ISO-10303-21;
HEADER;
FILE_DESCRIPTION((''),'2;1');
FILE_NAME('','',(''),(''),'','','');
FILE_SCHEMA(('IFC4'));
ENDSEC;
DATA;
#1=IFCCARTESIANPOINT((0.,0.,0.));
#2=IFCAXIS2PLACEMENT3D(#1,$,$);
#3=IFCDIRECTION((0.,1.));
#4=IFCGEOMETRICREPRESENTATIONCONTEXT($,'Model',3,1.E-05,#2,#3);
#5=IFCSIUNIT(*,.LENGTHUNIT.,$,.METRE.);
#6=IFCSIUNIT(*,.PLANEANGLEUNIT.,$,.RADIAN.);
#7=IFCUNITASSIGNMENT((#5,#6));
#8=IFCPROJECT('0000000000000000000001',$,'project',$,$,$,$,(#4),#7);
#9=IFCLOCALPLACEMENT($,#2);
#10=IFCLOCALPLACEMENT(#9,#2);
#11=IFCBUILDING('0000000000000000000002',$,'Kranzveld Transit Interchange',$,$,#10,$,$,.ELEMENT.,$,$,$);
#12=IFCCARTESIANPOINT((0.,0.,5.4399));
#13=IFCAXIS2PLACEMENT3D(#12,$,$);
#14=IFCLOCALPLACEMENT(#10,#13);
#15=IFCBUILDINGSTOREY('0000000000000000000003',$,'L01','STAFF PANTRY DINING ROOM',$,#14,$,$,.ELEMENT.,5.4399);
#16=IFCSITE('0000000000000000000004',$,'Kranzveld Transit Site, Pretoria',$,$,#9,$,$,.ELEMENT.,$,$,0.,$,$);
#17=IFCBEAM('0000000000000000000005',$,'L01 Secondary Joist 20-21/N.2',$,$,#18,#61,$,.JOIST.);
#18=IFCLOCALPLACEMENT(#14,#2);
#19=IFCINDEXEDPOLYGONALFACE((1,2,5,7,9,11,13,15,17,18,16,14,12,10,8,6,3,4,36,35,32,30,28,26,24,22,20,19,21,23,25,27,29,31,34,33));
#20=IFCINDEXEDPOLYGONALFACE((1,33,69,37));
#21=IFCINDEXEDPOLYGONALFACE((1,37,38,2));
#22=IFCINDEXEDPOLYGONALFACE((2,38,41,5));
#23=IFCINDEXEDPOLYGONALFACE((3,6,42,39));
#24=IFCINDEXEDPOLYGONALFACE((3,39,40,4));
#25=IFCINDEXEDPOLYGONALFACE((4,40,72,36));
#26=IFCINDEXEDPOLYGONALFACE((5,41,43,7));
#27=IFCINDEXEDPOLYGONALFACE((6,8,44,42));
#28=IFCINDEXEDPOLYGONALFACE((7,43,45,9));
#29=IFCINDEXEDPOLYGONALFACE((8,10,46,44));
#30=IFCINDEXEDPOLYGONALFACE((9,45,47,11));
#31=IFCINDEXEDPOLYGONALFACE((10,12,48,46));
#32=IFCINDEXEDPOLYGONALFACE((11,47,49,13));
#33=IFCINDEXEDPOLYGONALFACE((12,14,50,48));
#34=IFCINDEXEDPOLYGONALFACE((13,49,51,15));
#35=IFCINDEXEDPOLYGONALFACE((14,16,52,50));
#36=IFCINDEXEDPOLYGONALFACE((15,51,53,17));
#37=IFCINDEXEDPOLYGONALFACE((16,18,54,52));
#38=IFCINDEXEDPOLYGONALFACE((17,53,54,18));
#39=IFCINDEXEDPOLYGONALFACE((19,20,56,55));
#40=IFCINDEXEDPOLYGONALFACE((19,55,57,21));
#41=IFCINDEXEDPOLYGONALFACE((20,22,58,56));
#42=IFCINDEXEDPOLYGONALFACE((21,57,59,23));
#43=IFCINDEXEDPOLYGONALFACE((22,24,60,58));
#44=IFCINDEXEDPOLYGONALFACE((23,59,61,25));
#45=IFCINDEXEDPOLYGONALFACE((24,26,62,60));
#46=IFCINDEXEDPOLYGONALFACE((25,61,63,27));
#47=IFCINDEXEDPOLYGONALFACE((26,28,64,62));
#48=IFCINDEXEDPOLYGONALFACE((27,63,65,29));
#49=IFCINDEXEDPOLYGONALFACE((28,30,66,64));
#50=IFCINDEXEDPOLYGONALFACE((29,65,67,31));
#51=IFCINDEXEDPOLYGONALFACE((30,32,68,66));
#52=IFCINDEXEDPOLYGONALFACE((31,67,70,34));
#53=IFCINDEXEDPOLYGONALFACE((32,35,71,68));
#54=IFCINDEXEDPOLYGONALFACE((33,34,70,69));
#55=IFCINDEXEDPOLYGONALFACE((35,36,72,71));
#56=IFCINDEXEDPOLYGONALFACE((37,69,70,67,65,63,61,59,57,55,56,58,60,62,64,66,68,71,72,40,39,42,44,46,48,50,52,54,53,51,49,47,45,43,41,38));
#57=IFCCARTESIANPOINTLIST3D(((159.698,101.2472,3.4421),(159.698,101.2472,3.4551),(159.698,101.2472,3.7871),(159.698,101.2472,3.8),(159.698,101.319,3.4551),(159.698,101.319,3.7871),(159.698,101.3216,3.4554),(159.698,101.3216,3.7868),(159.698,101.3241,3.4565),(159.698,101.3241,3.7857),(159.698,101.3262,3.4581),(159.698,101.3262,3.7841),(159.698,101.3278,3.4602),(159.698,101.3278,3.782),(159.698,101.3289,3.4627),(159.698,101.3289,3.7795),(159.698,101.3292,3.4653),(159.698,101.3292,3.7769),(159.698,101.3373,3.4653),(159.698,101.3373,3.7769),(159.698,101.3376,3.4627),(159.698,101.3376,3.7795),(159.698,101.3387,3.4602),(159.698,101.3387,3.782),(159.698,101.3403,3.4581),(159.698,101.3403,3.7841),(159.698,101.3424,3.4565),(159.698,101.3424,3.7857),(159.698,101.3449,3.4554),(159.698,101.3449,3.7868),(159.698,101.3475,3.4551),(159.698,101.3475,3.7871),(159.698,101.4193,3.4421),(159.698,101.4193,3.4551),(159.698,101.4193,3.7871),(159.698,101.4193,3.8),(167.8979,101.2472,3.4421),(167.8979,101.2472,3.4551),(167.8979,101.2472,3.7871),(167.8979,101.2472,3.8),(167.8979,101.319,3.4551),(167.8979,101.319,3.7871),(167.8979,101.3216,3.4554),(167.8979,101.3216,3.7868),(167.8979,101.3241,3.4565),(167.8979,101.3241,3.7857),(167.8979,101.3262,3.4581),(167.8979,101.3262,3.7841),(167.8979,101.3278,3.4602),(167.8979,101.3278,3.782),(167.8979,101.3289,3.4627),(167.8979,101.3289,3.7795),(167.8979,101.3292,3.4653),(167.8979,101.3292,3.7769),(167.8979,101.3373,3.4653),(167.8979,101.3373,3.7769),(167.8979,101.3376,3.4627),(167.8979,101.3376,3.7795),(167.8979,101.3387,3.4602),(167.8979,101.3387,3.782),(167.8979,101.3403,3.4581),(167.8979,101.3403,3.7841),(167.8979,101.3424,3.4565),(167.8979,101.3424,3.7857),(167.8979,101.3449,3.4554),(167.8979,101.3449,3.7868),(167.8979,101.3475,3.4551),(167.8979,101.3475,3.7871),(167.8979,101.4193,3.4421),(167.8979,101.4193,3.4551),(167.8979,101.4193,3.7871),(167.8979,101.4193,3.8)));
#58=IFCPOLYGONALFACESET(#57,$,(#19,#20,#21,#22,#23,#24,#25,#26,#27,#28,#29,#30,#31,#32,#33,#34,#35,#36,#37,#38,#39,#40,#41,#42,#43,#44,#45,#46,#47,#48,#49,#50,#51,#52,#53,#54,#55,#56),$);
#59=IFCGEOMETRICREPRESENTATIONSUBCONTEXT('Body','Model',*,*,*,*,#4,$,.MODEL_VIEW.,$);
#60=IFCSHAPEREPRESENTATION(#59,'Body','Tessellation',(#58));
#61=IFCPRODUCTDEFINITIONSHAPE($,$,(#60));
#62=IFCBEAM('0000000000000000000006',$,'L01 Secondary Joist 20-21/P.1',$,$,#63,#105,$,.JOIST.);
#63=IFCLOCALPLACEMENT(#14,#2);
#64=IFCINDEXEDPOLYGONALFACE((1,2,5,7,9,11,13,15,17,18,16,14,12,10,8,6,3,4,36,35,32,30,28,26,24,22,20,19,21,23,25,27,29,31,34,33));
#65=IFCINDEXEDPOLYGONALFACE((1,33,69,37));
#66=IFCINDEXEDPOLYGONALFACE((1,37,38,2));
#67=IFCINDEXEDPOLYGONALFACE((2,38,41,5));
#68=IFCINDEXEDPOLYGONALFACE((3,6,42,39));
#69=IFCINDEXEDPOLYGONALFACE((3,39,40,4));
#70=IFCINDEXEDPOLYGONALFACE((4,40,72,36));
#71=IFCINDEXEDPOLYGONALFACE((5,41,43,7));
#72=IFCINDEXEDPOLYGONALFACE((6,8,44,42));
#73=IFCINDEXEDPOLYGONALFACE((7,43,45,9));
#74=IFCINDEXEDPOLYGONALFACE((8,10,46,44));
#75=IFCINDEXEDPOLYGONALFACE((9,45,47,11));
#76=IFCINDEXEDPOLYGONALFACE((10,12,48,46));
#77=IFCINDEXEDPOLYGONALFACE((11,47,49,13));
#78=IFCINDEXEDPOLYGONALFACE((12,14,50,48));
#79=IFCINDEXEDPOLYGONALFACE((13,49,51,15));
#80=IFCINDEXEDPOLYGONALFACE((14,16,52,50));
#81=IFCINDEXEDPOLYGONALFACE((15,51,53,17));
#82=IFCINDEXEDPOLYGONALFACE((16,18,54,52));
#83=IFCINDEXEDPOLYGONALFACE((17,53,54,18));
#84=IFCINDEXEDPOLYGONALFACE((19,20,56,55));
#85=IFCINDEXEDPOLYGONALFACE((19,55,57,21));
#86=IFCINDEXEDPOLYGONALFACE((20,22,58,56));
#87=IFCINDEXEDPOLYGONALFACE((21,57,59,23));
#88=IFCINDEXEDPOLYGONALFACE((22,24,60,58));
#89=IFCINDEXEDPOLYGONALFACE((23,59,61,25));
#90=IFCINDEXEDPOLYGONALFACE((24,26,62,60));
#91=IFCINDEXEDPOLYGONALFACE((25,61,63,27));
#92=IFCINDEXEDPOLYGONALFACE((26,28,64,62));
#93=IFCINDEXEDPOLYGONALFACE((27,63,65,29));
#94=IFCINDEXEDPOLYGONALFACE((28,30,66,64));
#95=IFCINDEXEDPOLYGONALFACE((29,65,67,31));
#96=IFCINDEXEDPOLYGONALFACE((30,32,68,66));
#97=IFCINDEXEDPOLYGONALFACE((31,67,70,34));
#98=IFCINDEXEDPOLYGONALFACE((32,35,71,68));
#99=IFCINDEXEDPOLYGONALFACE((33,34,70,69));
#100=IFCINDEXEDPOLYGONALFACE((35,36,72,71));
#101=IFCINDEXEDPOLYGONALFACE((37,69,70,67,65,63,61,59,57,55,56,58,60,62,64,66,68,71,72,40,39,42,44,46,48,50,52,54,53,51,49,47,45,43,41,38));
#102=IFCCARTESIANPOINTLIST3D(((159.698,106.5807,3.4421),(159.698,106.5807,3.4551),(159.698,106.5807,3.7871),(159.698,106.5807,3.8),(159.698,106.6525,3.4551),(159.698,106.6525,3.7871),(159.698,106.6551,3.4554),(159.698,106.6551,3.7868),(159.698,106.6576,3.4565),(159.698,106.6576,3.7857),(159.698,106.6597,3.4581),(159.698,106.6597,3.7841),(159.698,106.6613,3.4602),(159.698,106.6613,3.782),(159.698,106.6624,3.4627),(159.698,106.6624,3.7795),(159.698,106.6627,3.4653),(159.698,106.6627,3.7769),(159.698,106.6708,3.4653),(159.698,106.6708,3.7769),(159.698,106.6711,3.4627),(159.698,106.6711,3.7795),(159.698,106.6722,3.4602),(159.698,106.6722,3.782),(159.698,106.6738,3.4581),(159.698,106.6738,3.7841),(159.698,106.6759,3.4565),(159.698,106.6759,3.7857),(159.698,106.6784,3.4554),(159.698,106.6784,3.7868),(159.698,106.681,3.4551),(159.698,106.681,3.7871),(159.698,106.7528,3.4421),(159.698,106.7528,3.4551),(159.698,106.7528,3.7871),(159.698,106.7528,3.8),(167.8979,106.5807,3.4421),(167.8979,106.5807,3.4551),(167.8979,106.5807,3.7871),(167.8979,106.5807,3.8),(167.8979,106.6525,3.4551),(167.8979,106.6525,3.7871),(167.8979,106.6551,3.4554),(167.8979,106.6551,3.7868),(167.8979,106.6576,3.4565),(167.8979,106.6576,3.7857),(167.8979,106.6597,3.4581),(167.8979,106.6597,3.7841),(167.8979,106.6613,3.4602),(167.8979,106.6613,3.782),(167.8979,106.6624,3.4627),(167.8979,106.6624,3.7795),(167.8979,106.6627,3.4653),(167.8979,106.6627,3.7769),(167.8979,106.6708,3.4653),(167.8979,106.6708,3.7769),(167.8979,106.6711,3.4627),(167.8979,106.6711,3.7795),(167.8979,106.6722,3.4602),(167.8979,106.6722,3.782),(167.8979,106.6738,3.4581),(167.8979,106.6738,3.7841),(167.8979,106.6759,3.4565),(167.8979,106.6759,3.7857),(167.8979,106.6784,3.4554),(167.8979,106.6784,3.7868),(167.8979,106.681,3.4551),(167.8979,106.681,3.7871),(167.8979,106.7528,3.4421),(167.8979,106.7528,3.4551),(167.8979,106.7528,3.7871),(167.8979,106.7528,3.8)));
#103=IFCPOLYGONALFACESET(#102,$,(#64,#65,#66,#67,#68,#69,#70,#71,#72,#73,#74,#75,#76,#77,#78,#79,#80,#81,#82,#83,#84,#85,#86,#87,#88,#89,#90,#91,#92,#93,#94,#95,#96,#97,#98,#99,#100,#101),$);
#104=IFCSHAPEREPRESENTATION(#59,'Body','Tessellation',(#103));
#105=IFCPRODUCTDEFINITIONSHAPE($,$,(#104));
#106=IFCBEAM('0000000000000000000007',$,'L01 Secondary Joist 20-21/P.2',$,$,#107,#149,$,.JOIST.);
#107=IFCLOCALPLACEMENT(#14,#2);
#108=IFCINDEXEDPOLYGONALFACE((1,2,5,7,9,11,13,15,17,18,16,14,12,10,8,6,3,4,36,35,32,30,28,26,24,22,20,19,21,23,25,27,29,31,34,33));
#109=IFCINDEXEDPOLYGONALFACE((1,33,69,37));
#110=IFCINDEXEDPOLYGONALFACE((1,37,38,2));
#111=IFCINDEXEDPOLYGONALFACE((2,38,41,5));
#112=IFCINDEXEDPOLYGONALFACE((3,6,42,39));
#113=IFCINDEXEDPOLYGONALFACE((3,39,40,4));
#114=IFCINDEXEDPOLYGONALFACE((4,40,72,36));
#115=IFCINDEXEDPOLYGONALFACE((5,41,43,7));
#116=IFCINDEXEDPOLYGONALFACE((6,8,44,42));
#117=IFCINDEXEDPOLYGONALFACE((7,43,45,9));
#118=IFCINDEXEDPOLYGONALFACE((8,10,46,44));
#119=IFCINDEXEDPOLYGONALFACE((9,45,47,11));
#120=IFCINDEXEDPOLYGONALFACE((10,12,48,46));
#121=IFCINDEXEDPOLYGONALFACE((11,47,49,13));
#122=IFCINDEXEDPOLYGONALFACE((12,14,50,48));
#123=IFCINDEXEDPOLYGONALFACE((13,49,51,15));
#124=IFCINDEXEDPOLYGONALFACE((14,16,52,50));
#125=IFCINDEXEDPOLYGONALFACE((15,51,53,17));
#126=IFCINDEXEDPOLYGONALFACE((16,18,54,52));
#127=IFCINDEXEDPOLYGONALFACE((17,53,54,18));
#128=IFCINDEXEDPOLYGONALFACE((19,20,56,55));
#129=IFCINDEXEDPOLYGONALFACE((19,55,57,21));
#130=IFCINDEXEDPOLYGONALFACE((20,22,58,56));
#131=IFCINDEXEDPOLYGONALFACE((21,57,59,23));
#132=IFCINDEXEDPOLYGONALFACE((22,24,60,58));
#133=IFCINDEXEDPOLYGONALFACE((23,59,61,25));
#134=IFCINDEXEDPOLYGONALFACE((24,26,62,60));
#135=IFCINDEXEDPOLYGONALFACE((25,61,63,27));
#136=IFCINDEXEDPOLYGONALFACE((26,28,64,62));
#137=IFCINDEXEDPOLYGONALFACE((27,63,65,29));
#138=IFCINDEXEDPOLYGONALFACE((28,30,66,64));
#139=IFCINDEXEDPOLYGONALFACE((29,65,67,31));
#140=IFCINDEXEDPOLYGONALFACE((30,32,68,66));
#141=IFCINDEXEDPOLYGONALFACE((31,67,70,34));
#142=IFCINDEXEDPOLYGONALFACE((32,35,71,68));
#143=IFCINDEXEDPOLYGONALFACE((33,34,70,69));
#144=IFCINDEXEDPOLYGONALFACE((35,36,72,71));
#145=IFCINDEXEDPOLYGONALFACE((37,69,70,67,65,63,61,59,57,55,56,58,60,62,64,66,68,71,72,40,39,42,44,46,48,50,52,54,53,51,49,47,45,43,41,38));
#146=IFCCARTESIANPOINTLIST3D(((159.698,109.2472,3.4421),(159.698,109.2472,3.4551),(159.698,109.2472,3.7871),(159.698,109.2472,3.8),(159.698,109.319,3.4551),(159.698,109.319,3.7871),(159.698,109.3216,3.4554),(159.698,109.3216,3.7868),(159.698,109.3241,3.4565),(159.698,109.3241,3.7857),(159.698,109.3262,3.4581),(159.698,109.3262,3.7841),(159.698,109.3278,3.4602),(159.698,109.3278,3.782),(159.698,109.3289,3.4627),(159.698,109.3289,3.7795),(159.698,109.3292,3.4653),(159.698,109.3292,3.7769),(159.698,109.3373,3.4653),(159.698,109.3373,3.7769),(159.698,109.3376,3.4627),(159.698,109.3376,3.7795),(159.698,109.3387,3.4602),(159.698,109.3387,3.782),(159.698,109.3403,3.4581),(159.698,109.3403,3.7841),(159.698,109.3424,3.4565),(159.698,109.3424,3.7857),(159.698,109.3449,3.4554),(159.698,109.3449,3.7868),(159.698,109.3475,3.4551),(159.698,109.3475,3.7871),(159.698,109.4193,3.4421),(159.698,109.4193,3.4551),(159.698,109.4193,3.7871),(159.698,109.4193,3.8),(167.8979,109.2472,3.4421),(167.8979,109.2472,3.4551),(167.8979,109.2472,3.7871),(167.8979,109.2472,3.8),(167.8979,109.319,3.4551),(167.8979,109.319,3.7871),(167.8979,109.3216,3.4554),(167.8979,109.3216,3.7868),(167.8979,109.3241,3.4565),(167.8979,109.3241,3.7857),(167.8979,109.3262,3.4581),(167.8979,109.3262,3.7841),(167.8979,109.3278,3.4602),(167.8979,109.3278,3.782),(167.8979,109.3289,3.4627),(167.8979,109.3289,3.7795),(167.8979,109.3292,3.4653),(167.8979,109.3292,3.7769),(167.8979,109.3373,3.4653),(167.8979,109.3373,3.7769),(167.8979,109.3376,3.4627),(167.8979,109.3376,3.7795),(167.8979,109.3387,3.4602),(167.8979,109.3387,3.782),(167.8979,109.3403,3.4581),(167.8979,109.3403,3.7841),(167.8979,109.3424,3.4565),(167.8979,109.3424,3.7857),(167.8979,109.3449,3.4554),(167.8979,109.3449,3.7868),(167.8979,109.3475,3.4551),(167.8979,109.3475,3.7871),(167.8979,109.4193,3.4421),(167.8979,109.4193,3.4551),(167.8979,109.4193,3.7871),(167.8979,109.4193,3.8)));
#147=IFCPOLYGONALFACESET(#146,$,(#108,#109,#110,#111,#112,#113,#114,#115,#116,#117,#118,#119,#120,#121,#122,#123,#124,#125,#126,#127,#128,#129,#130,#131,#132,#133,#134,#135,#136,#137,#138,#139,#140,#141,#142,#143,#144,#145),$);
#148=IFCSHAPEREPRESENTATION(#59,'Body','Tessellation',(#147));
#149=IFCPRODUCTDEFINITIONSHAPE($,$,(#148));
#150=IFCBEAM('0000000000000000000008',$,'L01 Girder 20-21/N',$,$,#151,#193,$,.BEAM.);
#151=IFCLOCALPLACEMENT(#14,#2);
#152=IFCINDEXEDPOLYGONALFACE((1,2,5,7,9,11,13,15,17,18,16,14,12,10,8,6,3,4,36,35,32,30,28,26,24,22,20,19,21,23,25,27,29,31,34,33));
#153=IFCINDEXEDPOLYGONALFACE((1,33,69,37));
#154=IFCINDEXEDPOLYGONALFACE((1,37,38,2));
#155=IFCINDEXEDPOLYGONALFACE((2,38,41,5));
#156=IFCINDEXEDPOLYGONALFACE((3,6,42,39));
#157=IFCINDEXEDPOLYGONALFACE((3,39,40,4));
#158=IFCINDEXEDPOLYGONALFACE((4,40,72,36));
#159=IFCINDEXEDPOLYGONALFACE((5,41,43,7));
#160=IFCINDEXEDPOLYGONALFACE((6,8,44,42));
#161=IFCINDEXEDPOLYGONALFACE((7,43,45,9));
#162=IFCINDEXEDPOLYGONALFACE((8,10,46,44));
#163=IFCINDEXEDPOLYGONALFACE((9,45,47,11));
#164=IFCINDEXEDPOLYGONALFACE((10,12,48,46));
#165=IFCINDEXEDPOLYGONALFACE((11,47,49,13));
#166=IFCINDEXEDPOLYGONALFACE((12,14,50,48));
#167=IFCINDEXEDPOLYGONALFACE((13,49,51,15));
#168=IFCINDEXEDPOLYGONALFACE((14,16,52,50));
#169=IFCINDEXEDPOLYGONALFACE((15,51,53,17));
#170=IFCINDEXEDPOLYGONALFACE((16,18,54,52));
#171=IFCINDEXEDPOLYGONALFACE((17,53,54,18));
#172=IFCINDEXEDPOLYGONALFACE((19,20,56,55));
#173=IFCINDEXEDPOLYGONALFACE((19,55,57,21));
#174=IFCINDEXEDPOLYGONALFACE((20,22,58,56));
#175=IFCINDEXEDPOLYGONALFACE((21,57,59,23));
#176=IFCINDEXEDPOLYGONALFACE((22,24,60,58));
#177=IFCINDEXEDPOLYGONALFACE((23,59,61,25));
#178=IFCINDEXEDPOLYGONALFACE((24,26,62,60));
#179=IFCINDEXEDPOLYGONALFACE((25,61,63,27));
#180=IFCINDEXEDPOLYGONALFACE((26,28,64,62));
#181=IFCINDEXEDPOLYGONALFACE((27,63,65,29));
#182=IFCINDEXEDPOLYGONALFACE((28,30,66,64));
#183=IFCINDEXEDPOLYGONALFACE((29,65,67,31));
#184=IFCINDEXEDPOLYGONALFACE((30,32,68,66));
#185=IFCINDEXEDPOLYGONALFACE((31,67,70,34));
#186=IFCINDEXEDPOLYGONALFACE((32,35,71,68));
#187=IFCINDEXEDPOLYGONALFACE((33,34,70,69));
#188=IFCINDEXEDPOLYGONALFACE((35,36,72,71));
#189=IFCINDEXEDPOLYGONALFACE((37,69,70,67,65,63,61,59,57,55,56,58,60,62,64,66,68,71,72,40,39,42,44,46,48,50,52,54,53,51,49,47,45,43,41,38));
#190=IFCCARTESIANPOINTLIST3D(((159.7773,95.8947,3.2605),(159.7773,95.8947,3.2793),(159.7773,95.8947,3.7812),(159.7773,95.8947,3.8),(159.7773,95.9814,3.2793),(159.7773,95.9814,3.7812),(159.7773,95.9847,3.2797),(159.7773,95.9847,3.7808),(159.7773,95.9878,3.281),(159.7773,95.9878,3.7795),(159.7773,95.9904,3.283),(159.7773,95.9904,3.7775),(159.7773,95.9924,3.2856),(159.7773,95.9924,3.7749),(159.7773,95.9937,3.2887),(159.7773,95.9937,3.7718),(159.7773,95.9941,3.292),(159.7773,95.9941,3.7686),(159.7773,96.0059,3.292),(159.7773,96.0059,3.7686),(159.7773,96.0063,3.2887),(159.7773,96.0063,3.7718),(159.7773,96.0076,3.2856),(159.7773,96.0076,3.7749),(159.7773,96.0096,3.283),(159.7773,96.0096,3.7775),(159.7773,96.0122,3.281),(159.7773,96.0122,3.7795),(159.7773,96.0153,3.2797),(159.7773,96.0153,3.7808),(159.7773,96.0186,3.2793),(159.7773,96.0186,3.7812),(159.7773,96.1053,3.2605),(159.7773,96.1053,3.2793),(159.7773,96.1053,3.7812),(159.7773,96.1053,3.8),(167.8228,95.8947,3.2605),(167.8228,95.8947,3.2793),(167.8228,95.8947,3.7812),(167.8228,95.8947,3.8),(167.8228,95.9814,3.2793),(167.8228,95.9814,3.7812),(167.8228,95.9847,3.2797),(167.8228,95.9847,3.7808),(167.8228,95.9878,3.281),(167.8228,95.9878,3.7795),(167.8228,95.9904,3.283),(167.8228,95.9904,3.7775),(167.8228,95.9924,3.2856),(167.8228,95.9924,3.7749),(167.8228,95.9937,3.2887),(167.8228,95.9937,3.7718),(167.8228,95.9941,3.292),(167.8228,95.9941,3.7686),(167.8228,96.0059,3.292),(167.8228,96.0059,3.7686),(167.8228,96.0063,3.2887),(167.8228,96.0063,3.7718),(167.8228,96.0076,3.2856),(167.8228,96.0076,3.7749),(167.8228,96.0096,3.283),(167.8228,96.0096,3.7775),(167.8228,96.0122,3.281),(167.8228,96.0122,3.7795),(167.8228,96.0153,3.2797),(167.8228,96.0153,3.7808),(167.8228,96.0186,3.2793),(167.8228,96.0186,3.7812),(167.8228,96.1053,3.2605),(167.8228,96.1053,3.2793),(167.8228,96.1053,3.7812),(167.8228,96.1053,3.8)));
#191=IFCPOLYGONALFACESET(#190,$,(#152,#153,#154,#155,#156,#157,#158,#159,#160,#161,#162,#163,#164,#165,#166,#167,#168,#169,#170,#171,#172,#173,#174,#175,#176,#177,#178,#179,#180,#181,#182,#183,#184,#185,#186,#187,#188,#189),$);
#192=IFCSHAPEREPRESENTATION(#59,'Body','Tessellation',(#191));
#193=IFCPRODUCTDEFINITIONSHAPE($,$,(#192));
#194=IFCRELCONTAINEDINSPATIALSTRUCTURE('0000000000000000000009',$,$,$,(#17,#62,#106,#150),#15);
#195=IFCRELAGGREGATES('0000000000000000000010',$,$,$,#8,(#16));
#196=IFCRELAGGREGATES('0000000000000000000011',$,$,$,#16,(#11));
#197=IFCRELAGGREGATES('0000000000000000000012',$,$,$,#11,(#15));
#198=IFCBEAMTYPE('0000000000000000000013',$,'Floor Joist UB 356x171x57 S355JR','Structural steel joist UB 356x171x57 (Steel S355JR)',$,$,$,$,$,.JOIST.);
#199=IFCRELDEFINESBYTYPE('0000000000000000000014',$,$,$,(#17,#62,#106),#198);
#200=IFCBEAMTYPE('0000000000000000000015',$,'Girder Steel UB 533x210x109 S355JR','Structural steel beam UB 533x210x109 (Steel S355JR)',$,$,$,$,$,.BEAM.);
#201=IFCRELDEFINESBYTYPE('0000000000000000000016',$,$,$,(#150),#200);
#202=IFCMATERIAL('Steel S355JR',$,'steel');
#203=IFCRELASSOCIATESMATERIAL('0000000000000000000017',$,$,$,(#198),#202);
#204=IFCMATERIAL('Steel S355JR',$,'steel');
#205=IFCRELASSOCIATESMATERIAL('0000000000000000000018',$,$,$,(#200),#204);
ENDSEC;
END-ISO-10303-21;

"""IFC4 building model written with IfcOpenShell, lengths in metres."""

from ifc_helpers import new_model, si_unit, direction, frame, origin, origin_2d, place, context, subcontext, project, spatial, i_section, extrude, material, material_profile, profile_set, type_object, element, save


model = new_model("IFC4")

# Units and contexts
model_context = context("Model", 3, precision=1e-05, world=origin(), true_north=direction((0.0, 1.0)))
body_context = subcontext(model_context, "Body", "Model", "MODEL_VIEW")
ifc_project = project(units=[si_unit("LENGTHUNIT", "METRE"), si_unit("PLANEANGLEUNIT", "RADIAN")], contexts=[model_context])

# Site, building, storey
site_placement = place(None, origin())
site = spatial("IfcSite", under=ifc_project, at=site_placement, Name="Kranzveld Transit Site, Pretoria", CompositionType="ELEMENT", RefElevation=0.0)
building_placement = place(site_placement, origin())
building = spatial("IfcBuilding", under=site, at=building_placement, Name="Kranzveld Transit Interchange", CompositionType="ELEMENT")
storey_placement = place(building_placement, frame((0.0, 0.0, 5.4399)))
storey = spatial("IfcBuildingStorey", under=building, at=storey_placement, Name="L01", Description="STAFF PANTRY DINING ROOM", CompositionType="ELEMENT", Elevation=5.4399)

# Beams
ifc_material_1 = material(Name="Steel S355JR", Category="steel")
ifc_material_profile_1 = material_profile(ifc_material_1, i_section(OverallWidth=0.1721, OverallDepth=0.3579, WebThickness=0.0081, FlangeThickness=0.0129, FilletRadius=0.0103, at=origin_2d()), Name="UB 356x171x57")
ifc_profile_set_1 = profile_set([ifc_material_profile_1], Name="Steel S355JR")
beam_type_1 = type_object("IfcBeamType", Name="Floor Joist UB 356x171x57 S355JR", Description="Structural steel joist UB 356x171x57 (Steel S355JR)", PredefinedType="JOIST", material=ifc_profile_set_1)
for number, where, z_axis, x_axis, name in (
    (1, (159.698, 101.3333, 3.6211), (1.0, 0.0, 0.0), (0.0, 1.0, 0.0), "L01 Secondary Joist 20-21/N.2"),
    (2, (159.698, 106.6667, 3.6211), (1.0, 0.0, 0.0), (0.0, 1.0, 0.0), "L01 Secondary Joist 20-21/P.1"),
    (3, (159.698, 109.3333, 3.6211), (1.0, 0.0, 0.0), (0.0, 1.0, 0.0), "L01 Secondary Joist 20-21/P.2"),
):
    element("IfcBeam", number, at=place(storey_placement, frame(where, z_axis=z_axis, x_axis=x_axis)), inside=storey, type_object=beam_type_1, Name=name, PredefinedType="JOIST", context=body_context, shape_type="SweptSolid", body=[
        extrude(i_section(OverallWidth=0.1721, OverallDepth=0.3579, WebThickness=0.0081, FlangeThickness=0.0129, FilletRadius=0.0103, at=origin_2d()), origin(), (0.0, 0.0, 1.0), 8.2),
    ])
ifc_material_2 = material(Name="Steel S355JR", Category="steel")
ifc_material_profile_2 = material_profile(ifc_material_2, i_section(OverallWidth=0.2107, OverallDepth=0.5396, WebThickness=0.0117, FlangeThickness=0.0188, FilletRadius=0.0127, at=origin_2d()), Name="UB 533x210x109")
ifc_profile_set_2 = profile_set([ifc_material_profile_2], Name="Steel S355JR")
beam_type_2 = type_object("IfcBeamType", Name="Girder Steel UB 533x210x109 S355JR", Description="Structural steel beam UB 533x210x109 (Steel S355JR)", PredefinedType="BEAM", material=ifc_profile_set_2)
for number, where, z_axis, x_axis, name in (
    (4, (159.7773, 96.0, 3.5303), (1.0, 0.0, 0.0), (0.0, 1.0, 0.0), "L01 Girder 20-21/N"),
):
    element("IfcBeam", number, at=place(storey_placement, frame(where, z_axis=z_axis, x_axis=x_axis)), inside=storey, type_object=beam_type_2, Name=name, PredefinedType="BEAM", context=body_context, shape_type="SweptSolid", body=[
        extrude(i_section(OverallWidth=0.2107, OverallDepth=0.5396, WebThickness=0.0117, FlangeThickness=0.0188, FilletRadius=0.0127, at=origin_2d()), origin(), (0.0, 0.0, 1.0), 8.0454),
    ])

save(model, "model.ifc")
